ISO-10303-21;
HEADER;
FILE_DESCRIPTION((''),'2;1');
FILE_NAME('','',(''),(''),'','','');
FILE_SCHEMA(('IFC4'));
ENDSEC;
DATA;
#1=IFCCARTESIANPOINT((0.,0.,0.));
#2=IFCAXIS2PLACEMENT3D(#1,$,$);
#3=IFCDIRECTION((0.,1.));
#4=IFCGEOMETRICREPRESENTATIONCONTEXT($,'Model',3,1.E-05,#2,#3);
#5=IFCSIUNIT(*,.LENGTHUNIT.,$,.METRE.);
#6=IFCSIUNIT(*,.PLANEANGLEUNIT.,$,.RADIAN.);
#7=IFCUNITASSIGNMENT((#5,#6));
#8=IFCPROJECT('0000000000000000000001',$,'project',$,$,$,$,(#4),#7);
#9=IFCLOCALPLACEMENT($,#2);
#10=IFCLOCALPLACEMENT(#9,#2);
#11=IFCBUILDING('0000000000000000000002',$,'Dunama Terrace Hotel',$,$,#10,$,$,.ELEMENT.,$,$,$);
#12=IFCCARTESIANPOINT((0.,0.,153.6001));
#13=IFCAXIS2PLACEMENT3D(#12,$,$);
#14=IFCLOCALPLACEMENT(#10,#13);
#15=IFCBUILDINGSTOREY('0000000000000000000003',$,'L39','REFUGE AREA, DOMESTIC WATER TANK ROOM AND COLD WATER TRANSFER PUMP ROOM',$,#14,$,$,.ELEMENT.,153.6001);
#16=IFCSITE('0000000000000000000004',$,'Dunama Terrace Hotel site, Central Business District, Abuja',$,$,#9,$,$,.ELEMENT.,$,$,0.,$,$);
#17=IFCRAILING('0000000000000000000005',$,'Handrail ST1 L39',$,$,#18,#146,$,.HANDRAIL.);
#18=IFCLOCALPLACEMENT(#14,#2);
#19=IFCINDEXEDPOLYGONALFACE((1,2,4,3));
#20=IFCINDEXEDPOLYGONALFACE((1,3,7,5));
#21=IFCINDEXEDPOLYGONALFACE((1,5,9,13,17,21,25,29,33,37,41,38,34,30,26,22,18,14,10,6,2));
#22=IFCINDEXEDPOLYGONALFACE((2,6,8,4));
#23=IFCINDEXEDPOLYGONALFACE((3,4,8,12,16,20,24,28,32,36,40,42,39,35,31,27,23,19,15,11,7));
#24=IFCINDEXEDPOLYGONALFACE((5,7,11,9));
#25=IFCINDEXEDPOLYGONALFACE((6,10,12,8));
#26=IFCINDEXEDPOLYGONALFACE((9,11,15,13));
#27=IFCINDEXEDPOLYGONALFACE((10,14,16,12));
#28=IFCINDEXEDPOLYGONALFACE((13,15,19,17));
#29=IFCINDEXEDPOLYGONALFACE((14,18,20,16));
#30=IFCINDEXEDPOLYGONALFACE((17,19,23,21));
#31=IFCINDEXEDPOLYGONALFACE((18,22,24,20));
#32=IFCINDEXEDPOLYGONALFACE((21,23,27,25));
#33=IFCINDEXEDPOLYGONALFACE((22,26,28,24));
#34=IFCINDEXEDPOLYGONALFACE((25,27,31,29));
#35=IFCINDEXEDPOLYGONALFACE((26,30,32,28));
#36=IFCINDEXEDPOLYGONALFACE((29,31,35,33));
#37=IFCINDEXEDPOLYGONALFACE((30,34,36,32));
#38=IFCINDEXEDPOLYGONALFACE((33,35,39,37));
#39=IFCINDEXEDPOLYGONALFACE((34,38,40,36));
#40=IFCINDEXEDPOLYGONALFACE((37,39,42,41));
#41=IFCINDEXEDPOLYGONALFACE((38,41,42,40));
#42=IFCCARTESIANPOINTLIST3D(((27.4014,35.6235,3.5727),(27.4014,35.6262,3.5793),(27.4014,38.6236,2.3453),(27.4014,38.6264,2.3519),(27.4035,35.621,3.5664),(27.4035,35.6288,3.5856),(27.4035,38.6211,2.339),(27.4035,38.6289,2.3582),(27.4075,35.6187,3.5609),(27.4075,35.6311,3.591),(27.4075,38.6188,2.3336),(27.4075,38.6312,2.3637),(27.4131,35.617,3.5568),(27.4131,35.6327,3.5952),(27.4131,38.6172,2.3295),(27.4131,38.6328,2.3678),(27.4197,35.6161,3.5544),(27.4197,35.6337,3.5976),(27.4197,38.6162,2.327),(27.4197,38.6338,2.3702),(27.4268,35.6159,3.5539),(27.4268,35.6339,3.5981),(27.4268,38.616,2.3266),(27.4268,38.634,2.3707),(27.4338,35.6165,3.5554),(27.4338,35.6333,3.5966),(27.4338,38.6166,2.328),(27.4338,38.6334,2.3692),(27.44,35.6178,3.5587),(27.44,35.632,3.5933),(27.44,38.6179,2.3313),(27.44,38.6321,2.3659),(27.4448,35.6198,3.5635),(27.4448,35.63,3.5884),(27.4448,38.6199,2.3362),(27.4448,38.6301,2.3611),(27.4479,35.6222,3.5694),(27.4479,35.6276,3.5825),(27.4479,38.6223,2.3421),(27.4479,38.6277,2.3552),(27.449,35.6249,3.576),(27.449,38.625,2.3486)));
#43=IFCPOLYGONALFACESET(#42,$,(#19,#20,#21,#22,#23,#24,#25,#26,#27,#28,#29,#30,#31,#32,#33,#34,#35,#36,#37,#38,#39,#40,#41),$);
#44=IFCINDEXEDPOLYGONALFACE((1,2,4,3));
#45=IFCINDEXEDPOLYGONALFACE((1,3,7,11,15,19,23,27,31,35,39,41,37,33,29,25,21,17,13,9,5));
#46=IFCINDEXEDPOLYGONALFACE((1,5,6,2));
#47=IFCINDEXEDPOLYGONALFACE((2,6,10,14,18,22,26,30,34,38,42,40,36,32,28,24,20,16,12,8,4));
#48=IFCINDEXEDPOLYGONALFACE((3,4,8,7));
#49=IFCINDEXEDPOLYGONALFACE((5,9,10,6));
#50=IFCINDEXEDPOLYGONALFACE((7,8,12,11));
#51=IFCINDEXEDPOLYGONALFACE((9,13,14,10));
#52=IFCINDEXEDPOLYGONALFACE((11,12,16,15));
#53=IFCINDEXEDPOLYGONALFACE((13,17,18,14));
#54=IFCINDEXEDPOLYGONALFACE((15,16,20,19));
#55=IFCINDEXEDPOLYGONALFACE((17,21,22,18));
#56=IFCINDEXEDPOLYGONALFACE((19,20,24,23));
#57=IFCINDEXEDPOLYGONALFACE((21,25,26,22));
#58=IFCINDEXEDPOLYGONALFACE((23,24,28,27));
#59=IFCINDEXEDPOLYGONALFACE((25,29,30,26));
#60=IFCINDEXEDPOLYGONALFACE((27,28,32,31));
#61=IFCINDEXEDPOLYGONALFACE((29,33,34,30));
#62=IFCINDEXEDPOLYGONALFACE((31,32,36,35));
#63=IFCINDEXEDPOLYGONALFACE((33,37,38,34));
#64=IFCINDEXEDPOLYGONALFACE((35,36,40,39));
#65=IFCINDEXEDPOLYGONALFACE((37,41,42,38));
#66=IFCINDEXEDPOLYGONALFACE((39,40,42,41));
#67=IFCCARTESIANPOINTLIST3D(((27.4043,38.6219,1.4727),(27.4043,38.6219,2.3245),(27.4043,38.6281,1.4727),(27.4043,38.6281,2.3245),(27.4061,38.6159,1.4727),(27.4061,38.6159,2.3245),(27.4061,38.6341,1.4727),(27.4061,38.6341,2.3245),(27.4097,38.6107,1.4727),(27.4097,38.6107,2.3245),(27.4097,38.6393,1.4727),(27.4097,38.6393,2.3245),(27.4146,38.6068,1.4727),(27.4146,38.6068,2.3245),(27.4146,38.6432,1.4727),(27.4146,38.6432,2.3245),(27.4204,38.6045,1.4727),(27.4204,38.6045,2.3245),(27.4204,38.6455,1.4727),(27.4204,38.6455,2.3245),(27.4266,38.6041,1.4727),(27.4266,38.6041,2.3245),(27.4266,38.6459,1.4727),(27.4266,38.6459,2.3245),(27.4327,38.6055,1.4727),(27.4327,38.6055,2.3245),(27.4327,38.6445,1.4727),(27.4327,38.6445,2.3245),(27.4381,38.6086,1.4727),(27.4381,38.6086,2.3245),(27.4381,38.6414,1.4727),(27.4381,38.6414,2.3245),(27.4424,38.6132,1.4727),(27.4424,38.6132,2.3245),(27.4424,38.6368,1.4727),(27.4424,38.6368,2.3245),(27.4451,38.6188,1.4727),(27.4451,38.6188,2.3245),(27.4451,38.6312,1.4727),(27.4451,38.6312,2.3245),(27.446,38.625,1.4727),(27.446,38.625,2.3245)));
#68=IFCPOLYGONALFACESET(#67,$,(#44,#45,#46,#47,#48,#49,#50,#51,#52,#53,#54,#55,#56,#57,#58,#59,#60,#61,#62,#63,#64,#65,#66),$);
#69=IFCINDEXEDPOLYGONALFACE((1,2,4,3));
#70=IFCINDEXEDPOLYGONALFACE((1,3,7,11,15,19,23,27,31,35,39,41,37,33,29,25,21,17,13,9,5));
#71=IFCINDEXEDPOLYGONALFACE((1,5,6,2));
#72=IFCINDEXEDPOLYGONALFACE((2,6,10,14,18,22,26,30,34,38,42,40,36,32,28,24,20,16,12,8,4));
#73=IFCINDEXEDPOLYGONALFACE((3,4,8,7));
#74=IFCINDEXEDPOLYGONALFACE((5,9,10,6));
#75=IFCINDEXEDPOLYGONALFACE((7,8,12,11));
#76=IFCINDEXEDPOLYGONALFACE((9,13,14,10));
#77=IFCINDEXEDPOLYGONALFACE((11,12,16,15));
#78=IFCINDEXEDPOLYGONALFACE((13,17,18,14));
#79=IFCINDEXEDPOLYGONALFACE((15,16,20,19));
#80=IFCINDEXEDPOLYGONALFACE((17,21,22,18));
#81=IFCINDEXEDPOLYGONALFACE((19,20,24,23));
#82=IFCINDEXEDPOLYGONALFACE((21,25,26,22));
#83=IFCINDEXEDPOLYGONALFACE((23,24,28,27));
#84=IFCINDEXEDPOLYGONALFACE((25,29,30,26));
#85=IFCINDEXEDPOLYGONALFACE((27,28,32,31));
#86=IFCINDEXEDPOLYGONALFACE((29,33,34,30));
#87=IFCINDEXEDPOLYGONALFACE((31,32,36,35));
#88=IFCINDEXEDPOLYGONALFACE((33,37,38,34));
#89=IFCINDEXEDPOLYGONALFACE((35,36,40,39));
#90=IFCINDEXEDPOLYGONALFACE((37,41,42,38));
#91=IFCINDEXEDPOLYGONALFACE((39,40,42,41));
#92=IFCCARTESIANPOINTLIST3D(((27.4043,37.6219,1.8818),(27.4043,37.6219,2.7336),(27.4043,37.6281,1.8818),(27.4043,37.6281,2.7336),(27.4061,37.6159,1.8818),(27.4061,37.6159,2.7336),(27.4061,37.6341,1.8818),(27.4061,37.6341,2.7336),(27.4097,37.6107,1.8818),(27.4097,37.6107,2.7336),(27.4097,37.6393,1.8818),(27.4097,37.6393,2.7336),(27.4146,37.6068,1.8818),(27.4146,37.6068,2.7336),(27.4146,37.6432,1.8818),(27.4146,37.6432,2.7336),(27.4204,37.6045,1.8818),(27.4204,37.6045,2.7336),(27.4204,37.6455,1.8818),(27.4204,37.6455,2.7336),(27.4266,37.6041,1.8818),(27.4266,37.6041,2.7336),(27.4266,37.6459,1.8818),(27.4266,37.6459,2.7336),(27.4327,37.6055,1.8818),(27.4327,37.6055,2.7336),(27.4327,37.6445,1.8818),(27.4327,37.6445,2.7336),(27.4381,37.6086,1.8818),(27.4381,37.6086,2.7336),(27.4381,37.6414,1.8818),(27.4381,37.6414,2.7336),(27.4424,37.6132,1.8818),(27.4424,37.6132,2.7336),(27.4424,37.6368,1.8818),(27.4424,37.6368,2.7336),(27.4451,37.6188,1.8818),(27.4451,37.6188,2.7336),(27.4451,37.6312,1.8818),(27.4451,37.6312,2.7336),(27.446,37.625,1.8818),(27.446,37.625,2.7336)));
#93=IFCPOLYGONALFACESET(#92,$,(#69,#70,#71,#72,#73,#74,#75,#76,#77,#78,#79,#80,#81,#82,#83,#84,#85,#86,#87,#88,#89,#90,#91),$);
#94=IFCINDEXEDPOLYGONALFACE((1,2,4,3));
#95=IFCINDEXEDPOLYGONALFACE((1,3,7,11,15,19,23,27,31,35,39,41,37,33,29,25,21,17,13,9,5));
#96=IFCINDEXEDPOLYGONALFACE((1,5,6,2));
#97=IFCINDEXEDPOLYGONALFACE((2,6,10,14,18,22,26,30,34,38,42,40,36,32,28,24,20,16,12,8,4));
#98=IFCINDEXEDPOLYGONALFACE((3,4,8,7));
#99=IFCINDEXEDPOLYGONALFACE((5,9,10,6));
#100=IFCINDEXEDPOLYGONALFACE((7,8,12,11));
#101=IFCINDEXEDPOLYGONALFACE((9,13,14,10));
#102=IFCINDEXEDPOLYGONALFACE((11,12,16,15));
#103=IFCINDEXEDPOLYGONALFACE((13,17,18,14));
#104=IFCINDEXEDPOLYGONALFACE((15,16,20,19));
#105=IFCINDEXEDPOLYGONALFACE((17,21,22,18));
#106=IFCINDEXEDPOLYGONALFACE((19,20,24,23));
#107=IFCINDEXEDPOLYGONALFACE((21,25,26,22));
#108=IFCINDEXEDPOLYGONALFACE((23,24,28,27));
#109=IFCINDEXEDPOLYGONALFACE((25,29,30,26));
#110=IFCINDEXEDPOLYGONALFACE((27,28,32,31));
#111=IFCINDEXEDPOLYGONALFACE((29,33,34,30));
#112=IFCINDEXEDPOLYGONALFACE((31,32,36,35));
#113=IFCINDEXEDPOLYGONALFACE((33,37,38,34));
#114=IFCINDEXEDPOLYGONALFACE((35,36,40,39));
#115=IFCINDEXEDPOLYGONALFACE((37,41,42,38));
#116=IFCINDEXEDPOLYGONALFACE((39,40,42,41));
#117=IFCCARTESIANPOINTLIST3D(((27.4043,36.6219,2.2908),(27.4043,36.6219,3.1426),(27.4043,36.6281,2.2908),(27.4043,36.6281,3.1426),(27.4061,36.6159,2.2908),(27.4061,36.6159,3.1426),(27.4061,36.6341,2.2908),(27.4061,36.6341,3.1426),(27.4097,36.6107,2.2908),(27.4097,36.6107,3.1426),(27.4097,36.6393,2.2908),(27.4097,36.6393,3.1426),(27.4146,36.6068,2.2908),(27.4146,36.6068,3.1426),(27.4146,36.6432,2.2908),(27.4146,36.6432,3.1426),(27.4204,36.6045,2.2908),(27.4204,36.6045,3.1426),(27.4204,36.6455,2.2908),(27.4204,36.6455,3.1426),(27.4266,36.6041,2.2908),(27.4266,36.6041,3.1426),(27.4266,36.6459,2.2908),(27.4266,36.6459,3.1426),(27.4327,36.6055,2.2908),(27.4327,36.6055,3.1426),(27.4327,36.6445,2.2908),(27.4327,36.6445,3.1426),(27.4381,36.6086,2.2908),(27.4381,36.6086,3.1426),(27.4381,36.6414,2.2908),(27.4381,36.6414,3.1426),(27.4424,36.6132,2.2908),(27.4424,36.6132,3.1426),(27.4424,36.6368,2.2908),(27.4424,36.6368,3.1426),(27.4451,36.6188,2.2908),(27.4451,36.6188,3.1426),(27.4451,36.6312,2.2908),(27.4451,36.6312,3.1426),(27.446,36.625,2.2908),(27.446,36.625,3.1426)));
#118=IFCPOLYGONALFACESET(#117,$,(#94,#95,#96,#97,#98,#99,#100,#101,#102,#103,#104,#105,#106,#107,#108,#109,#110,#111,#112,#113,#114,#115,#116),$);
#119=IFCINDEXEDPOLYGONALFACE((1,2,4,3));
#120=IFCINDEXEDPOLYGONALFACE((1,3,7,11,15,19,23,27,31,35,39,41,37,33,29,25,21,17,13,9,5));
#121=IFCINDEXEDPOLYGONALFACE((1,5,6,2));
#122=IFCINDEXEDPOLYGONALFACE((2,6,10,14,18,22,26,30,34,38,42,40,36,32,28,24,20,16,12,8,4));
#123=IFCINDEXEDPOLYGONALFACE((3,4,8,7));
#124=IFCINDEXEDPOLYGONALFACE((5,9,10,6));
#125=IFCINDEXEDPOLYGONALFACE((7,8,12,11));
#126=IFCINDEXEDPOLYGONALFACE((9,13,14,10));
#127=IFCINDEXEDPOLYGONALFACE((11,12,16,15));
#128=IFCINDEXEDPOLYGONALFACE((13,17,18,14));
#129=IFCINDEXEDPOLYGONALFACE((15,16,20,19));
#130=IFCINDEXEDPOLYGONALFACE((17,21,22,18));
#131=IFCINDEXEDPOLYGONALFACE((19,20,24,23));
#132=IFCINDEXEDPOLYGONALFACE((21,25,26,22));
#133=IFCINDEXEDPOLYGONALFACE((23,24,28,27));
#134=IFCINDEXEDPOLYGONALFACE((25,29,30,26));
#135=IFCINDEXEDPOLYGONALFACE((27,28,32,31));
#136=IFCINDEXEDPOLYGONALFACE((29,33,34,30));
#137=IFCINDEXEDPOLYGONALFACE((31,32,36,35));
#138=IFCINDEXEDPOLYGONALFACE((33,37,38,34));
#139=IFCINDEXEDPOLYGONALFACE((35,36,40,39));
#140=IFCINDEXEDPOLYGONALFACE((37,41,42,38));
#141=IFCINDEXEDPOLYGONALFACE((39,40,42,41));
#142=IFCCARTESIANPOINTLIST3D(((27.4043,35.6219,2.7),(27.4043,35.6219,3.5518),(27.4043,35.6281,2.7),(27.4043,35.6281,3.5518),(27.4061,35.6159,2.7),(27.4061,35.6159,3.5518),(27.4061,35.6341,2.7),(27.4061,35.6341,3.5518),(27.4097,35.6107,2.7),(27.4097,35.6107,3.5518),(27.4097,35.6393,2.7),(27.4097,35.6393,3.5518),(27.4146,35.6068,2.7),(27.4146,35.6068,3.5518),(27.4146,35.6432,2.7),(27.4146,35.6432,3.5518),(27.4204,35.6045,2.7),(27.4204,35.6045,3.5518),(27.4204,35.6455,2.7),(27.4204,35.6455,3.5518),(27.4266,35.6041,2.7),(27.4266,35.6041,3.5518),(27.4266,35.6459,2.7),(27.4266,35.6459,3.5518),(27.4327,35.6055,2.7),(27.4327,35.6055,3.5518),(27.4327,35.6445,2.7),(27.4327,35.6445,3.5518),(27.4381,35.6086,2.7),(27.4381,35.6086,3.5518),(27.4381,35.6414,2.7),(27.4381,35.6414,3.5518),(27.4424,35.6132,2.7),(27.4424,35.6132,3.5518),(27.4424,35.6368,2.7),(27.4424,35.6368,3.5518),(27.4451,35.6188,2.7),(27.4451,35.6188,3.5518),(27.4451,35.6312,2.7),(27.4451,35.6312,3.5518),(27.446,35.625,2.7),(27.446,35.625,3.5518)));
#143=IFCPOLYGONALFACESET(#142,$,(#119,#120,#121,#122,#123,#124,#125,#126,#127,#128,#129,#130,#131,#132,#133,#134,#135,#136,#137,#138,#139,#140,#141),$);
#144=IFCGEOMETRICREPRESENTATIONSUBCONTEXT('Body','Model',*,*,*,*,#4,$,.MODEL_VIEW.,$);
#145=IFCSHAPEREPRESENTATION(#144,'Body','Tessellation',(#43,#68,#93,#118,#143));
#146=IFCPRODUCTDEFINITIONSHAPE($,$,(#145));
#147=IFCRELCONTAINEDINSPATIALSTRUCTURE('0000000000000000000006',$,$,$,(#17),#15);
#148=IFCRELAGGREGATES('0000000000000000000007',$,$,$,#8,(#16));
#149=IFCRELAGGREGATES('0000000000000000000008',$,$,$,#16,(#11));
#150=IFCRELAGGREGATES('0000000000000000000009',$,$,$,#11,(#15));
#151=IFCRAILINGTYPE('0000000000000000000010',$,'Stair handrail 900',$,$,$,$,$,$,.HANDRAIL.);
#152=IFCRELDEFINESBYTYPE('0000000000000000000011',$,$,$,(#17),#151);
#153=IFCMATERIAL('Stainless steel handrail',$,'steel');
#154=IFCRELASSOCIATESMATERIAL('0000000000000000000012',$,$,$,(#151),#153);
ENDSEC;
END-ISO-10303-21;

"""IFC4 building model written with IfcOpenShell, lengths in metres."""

from ifc_helpers import new_model, si_unit, direction, frame, origin, origin_2d, place, context, subcontext, project, spatial, circle, extrude, material, type_object, element, save


model = new_model("IFC4")

# Units and contexts
model_context = context("Model", 3, precision=1e-05, world=origin(), true_north=direction((0.0, 1.0)))
body_context = subcontext(model_context, "Body", "Model", "MODEL_VIEW")
ifc_project = project(units=[si_unit("LENGTHUNIT", "METRE"), si_unit("PLANEANGLEUNIT", "RADIAN")], contexts=[model_context])

# Site, building, storey
site_placement = place(None, origin())
site = spatial("IfcSite", under=ifc_project, at=site_placement, Name="Dunama Terrace Hotel site, Central Business District, Abuja", CompositionType="ELEMENT", RefElevation=0.0)
building_placement = place(site_placement, origin())
building = spatial("IfcBuilding", under=site, at=building_placement, Name="Dunama Terrace Hotel", CompositionType="ELEMENT")
storey_placement = place(building_placement, frame((0.0, 0.0, 153.6001)))
storey = spatial("IfcBuildingStorey", under=building, at=storey_placement, Name="L39", Description="REFUGE AREA, DOMESTIC WATER TANK ROOM AND COLD WATER TRANSFER PUMP ROOM", CompositionType="ELEMENT", Elevation=153.6001)

# Railing
ifc_material_1 = material(Name="Stainless steel handrail", Category="steel")
railing_type = type_object("IfcRailingType", Name="Stair handrail 900", PredefinedType="HANDRAIL", material=ifc_material_1)
railing_1_placement = place(storey_placement, frame((27.425, 38.625, 1.4727)))
element("IfcRailing", 1, at=railing_1_placement, inside=storey, type_object=railing_type, Name="Handrail ST1 L39", PredefinedType="HANDRAIL", context=body_context, shape_type="SweptSolid", body=[
    extrude(circle(Radius=0.0239, at=origin_2d()), frame((0.0, 0.0, 0.876), z_axis=(0.0, -0.925545, 0.378639), x_axis=(1.0, 0.0, 0.0)), (0.0, 0.0, 1.0), 3.2415),
    extrude(circle(Radius=0.021, at=origin_2d()), origin(), (0.0, 0.0, 1.0), 0.8518),
    extrude(circle(Radius=0.021, at=origin_2d()), frame((0.0, -1.0, 0.4092)), (0.0, 0.0, 1.0), 0.8518),
    extrude(circle(Radius=0.021, at=origin_2d()), frame((0.0, -2.0, 0.8181)), (0.0, 0.0, 1.0), 0.8518),
    extrude(circle(Radius=0.021, at=origin_2d()), frame((0.0, -3.0, 1.2273)), (0.0, 0.0, 1.0), 0.8518),
])

save(model, "model.ifc")
